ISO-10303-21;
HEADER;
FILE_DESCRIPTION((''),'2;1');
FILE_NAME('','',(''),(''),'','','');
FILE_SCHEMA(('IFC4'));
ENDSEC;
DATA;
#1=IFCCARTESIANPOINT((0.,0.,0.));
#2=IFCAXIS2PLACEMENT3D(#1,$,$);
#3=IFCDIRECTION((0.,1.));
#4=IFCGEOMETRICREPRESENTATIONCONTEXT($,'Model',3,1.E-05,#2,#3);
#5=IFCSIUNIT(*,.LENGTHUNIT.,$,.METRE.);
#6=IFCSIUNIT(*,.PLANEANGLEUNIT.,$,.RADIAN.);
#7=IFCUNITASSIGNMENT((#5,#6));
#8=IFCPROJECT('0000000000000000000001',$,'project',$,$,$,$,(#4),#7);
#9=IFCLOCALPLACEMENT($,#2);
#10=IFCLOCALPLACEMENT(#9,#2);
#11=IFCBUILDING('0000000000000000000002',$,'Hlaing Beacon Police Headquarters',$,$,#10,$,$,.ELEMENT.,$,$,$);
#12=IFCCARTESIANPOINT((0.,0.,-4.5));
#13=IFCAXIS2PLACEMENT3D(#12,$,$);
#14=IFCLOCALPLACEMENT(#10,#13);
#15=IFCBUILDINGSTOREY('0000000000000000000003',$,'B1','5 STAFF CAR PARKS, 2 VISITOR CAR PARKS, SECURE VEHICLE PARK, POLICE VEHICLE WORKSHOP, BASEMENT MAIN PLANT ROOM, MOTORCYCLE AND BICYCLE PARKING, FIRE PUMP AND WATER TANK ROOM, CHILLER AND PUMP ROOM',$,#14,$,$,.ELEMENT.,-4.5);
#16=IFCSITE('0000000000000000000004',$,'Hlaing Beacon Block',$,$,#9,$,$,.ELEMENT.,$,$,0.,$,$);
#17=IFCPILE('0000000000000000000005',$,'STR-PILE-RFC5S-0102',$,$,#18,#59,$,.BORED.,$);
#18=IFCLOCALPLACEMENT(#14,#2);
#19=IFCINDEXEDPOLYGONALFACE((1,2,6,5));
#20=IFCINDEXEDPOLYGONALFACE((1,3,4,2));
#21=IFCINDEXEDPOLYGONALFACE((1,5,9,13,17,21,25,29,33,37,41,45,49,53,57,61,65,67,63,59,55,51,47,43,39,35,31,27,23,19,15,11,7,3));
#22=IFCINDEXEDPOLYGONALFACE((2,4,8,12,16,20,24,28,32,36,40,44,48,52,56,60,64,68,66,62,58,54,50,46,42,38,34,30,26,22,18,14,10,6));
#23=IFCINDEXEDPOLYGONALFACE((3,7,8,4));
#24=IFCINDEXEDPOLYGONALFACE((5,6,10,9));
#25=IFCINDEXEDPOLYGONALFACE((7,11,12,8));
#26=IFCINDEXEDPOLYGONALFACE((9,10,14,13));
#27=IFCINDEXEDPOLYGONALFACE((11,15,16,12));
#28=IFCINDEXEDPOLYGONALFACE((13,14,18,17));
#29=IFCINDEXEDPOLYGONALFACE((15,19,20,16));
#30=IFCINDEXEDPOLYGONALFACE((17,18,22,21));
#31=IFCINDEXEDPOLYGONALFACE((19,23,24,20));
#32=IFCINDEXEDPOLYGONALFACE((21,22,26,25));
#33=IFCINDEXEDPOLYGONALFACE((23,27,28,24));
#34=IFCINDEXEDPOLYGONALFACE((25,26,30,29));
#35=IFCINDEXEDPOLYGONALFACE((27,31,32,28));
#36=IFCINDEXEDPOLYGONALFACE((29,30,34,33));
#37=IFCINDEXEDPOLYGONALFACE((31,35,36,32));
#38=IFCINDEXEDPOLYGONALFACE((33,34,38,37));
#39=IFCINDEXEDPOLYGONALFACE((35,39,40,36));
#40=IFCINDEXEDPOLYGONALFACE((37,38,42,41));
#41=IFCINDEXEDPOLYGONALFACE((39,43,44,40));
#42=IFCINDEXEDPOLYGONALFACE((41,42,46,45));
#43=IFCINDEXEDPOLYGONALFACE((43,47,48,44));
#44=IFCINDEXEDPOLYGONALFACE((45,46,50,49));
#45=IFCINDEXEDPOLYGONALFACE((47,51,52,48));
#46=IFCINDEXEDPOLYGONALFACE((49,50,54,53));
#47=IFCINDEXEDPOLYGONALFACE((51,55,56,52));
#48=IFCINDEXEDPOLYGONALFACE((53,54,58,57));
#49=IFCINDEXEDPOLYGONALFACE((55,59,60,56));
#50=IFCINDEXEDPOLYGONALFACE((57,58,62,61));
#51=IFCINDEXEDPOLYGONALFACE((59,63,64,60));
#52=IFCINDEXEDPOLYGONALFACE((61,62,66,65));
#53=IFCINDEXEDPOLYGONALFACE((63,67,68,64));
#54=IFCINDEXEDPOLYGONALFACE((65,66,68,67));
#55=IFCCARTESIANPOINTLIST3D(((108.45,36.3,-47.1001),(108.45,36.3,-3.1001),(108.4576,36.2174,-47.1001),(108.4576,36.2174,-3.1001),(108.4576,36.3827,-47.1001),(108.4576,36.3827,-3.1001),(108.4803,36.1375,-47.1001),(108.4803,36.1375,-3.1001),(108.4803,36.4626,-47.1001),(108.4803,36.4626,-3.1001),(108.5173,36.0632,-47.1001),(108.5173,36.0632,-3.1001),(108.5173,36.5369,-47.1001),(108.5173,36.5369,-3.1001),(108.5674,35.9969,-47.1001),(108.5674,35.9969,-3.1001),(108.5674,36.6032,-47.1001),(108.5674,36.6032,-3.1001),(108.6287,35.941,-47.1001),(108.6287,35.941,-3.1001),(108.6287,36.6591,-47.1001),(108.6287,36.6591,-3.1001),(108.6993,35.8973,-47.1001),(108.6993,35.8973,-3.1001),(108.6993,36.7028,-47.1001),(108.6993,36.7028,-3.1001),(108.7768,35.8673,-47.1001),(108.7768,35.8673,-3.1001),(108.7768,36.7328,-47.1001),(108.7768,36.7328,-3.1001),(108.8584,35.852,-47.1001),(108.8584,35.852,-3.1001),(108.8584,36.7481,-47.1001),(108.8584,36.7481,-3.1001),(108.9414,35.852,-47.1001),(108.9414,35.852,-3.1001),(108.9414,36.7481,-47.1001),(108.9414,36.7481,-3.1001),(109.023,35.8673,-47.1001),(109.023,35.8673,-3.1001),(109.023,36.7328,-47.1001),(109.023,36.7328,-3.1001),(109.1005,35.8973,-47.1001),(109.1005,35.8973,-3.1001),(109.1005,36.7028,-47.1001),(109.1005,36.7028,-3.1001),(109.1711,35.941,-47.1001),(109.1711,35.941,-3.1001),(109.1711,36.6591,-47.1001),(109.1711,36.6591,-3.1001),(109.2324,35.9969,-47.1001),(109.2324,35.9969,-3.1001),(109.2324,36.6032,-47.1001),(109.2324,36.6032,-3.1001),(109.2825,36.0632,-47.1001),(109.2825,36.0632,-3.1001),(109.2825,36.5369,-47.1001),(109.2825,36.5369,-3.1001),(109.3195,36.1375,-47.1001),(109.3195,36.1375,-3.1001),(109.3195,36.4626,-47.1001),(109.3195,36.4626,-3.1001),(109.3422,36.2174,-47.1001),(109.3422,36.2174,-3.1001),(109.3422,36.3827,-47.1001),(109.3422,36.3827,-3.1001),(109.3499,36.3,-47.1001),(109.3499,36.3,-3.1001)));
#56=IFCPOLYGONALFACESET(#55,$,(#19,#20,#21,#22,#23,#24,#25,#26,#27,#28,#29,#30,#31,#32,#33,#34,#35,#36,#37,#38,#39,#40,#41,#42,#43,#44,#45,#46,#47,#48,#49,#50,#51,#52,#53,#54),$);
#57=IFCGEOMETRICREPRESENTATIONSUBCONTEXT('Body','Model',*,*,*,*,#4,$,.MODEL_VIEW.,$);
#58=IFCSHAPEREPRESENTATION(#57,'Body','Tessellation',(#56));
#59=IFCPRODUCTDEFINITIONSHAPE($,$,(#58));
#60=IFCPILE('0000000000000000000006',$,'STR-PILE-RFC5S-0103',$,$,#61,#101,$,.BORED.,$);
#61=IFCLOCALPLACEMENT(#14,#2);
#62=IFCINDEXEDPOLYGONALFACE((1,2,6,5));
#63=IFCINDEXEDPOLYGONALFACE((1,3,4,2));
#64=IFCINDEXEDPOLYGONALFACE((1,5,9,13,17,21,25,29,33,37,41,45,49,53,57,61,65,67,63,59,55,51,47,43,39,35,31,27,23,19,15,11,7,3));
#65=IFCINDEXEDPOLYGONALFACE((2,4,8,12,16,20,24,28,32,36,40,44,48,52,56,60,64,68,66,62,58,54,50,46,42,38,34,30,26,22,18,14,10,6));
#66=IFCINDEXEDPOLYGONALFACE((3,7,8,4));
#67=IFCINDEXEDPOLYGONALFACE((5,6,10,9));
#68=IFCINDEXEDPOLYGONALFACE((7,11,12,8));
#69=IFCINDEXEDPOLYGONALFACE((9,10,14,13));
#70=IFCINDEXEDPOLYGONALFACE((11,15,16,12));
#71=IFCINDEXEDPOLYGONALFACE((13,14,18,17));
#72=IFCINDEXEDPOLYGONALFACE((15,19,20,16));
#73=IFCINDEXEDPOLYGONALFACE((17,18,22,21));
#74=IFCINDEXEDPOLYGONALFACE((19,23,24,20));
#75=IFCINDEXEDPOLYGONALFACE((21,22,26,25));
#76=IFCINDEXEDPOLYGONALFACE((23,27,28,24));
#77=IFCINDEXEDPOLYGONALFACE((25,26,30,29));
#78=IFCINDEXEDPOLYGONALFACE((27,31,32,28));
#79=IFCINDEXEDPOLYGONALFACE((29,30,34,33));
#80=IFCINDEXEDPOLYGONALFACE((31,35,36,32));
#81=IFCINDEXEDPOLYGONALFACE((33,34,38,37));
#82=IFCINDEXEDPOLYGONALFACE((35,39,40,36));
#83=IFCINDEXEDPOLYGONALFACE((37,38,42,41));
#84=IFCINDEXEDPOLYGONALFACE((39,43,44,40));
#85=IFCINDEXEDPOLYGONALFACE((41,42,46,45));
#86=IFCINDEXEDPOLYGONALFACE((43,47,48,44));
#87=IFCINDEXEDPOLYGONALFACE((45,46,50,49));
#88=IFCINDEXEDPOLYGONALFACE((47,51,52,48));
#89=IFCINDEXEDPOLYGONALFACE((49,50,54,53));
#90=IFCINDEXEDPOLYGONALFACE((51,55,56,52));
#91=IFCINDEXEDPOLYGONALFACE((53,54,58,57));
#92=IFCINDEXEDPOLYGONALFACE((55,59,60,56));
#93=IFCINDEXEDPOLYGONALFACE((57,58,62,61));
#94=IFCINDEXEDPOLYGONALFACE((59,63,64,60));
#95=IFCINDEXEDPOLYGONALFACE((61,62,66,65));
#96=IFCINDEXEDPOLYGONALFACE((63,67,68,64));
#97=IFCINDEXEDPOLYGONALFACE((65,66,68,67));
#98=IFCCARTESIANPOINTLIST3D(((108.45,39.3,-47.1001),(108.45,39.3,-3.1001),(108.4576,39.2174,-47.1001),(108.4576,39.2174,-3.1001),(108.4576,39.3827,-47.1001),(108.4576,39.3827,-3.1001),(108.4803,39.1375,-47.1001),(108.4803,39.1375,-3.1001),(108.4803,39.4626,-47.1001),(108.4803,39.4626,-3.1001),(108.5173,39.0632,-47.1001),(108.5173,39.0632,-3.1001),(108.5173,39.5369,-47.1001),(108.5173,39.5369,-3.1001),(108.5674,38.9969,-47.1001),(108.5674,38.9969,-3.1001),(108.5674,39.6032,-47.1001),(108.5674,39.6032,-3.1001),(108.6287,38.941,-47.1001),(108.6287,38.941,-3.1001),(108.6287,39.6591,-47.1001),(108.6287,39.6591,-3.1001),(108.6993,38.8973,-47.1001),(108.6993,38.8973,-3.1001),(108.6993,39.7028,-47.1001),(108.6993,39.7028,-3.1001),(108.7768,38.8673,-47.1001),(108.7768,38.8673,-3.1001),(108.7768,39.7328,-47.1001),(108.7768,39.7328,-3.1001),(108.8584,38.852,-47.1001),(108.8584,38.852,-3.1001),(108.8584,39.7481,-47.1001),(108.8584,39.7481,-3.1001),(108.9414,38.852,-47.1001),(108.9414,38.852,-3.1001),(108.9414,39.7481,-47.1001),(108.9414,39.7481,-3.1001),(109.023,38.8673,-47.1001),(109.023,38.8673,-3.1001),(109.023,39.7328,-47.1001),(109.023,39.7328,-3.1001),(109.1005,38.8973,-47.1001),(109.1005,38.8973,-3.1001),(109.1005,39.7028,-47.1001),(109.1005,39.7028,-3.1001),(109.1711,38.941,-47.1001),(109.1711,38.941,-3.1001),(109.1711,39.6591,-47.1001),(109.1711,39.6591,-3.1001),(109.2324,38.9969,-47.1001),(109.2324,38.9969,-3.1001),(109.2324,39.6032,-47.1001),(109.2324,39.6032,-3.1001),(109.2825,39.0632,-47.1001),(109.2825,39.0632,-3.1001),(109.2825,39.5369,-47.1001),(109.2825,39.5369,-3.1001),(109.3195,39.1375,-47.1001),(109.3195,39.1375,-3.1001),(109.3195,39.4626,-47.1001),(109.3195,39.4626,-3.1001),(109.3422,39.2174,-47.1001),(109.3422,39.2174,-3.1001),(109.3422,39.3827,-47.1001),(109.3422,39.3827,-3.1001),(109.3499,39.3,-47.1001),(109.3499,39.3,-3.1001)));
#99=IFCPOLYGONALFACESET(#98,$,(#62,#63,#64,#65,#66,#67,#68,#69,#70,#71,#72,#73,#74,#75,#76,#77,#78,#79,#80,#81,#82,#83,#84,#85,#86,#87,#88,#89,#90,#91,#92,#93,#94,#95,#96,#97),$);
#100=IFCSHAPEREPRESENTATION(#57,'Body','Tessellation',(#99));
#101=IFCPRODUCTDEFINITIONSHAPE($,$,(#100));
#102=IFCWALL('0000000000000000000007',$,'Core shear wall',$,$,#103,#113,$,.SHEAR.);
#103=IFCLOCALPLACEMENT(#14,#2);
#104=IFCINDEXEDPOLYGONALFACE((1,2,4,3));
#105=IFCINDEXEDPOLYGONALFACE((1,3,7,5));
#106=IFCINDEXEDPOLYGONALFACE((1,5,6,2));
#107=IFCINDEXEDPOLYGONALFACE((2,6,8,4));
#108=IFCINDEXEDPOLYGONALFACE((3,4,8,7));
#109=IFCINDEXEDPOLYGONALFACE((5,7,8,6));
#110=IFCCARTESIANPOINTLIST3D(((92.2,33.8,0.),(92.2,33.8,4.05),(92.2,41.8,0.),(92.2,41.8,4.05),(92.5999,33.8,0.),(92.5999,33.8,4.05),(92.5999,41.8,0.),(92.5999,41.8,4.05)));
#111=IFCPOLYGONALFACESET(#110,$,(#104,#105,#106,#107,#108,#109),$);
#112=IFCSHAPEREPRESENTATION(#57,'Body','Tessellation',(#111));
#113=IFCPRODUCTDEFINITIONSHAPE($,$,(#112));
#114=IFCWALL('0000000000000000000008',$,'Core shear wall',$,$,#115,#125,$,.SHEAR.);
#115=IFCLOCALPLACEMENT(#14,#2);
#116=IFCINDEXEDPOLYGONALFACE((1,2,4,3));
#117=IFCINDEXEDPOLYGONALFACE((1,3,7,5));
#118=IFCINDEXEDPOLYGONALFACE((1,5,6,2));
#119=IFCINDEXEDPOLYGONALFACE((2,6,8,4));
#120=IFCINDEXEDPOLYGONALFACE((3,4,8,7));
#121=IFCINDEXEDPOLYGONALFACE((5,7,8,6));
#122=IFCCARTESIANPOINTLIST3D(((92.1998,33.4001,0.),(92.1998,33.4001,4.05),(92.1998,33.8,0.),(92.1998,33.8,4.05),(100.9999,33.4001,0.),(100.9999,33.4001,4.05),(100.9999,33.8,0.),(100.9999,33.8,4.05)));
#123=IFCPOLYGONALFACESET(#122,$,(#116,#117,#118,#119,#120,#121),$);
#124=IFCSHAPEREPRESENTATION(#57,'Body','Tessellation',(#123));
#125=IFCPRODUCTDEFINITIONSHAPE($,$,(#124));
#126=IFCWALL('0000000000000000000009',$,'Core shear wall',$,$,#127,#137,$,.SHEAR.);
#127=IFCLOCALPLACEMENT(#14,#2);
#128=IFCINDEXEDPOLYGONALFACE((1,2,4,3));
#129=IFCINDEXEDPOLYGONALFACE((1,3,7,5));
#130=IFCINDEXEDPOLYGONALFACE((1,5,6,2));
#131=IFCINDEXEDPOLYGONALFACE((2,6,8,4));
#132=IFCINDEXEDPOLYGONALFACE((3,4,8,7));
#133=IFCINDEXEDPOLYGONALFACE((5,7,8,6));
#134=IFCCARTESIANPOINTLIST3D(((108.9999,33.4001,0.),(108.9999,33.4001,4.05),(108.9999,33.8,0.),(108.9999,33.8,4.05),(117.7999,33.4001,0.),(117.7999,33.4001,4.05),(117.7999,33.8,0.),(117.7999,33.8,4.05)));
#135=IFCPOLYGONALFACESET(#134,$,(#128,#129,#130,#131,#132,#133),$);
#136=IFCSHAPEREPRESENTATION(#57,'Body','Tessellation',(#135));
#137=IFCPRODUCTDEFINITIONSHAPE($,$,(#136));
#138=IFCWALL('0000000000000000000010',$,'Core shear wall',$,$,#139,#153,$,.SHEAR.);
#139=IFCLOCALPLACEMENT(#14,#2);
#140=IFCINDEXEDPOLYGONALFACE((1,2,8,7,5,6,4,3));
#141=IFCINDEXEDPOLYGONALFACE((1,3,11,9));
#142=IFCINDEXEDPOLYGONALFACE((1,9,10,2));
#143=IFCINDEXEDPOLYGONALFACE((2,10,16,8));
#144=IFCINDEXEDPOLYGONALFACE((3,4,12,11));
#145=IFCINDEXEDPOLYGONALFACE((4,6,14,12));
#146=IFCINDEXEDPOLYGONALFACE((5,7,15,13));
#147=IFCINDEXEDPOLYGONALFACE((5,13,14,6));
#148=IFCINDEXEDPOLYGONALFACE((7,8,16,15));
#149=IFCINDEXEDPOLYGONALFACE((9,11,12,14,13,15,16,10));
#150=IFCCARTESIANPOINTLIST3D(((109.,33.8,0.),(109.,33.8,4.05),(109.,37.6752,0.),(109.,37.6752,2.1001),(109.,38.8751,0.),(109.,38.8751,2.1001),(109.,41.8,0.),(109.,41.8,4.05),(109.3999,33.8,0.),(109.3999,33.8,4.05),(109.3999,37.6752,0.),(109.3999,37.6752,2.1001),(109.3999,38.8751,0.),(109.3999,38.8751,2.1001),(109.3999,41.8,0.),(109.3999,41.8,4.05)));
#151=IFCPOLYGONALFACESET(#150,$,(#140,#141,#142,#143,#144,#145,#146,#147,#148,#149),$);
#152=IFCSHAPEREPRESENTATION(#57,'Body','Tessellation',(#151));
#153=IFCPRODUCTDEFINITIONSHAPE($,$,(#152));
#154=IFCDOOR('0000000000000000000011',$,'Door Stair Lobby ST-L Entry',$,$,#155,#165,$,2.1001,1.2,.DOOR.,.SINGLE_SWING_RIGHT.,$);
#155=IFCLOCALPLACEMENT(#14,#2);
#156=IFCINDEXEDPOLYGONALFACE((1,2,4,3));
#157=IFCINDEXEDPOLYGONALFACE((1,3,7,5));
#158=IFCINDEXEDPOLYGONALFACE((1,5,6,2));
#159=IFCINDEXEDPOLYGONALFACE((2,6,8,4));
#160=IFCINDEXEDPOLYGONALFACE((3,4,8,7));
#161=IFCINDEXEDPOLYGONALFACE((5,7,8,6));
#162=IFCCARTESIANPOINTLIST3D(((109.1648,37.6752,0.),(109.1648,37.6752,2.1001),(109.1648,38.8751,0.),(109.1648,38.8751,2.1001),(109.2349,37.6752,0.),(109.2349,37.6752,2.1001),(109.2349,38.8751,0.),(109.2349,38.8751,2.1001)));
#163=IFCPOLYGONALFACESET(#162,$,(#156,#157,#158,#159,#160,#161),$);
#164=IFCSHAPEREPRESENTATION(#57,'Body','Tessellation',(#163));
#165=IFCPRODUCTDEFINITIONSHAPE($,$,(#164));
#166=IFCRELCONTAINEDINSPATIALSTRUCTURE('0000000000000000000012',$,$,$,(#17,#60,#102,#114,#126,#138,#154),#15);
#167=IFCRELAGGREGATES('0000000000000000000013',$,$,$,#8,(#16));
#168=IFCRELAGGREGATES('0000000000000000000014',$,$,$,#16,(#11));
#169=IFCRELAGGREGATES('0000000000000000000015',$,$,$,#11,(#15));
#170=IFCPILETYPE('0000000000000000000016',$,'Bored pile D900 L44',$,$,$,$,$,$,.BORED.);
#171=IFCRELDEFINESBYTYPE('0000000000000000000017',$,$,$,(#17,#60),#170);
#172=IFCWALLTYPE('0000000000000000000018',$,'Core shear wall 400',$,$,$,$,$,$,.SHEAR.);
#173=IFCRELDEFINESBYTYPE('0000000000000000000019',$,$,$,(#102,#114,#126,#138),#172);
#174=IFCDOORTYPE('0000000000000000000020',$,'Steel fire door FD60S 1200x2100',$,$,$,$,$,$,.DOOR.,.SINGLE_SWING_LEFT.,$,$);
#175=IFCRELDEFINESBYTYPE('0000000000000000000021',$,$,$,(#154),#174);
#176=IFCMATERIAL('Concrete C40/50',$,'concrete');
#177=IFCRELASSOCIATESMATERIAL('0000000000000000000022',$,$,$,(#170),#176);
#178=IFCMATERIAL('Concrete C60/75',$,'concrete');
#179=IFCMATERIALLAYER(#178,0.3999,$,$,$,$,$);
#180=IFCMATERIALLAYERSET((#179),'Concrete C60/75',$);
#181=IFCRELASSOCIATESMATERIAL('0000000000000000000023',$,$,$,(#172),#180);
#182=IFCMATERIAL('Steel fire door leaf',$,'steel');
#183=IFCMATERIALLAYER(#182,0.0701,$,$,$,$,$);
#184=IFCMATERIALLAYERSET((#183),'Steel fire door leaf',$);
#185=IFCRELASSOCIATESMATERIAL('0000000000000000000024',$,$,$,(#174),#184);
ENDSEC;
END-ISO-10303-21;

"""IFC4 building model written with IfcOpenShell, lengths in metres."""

from ifc_helpers import new_model, si_unit, direction, frame, frame_2d, origin, origin_2d, place, context, subcontext, project, spatial, rectangle, circle, extrude, material, layer, layer_set, material_profile, profile_set, type_object, element, fill, save


model = new_model("IFC4")

# Units and contexts
model_context = context("Model", 3, precision=1e-05, world=origin(), true_north=direction((0.0, 1.0)))
body_context = subcontext(model_context, "Body", "Model", "MODEL_VIEW")
ifc_project = project(units=[si_unit("LENGTHUNIT", "METRE"), si_unit("PLANEANGLEUNIT", "RADIAN")], contexts=[model_context])

# Site, building, storey
site_placement = place(None, origin())
site = spatial("IfcSite", under=ifc_project, at=site_placement, Name="Hlaing Beacon Block", CompositionType="ELEMENT", RefElevation=0.0)
building_placement = place(site_placement, origin())
building = spatial("IfcBuilding", under=site, at=building_placement, Name="Hlaing Beacon Police Headquarters", CompositionType="ELEMENT")
storey_placement = place(building_placement, frame((0.0, 0.0, -4.5)))
storey = spatial("IfcBuildingStorey", under=building, at=storey_placement, Name="B1", Description="5 STAFF CAR PARKS, 2 VISITOR CAR PARKS, SECURE VEHICLE PARK, POLICE VEHICLE WORKSHOP, BASEMENT MAIN PLANT ROOM, MOTORCYCLE AND BICYCLE PARKING, FIRE PUMP AND WATER TANK ROOM, CHILLER AND PUMP ROOM", CompositionType="ELEMENT", Elevation=-4.5)

# Piles
ifc_material_1 = material(Name="Concrete C40/50", Category="concrete")
ifc_material_profile_1 = material_profile(ifc_material_1, circle(Radius=0.45, at=origin_2d()), Name="D900")
ifc_profile_set_1 = profile_set([ifc_material_profile_1], Name="Concrete C40/50")
pile_type_1 = type_object("IfcPileType", Name="Bored pile D900 L44", PredefinedType="BORED", material=ifc_profile_set_1)
for number, where, z_axis, x_axis, name in (
    (1, (108.8999, 36.3, -3.1001), (0.0, 0.0, -1.0), (1.0, 0.0, 0.0), "STR-PILE-RFC5S-0102"),
    (2, (108.8999, 39.3, -3.1001), (0.0, 0.0, -1.0), (1.0, 0.0, 0.0), "STR-PILE-RFC5S-0103"),
):
    element("IfcPile", number, at=place(storey_placement, frame(where, z_axis=z_axis, x_axis=x_axis)), inside=storey, type_object=pile_type_1, Name=name, PredefinedType="BORED", context=body_context, shape_type="SweptSolid", body=[
        extrude(circle(Radius=0.45, at=origin_2d()), origin(), (0.0, 0.0, 1.0), 44.0),
    ])

# Walls
ifc_material_2 = material(Name="Concrete C60/75", Category="concrete")
ifc_layer_1 = layer(ifc_material_2, 0.3999)
ifc_layer_set_1 = layer_set([ifc_layer_1], Name="Concrete C60/75")
wall_type_1 = type_object("IfcWallType", Name="Core shear wall 400", PredefinedType="SHEAR", material=ifc_layer_set_1)
wall_1_placement = place(storey_placement, frame((92.3999, 33.8, 0.0), z_axis=(0.0, 0.0, 1.0), x_axis=(0.0, 1.0, 0.0)))
element("IfcWall", 3, at=wall_1_placement, inside=storey, type_object=wall_type_1, Name="Core shear wall", PredefinedType="SHEAR", context=body_context, shape_type="SweptSolid", body=[
    extrude(rectangle(XDim=8.0, YDim=0.3999, at=frame_2d((4.0, 0.0))), origin(), (0.0, 0.0, 1.0), 4.05),
])
for number, where, z_axis, x_axis, name in (
    (4, (92.2, 33.6001, 0.0), (0.0, 0.0, 1.0), (1.0, 0.0, 0.0), "Core shear wall"),
    (5, (109.0, 33.6001, 0.0), (0.0, 0.0, 1.0), (1.0, 0.0, 0.0), "Core shear wall"),
):
    element("IfcWall", number, at=place(storey_placement, frame(where, z_axis=z_axis, x_axis=x_axis)), inside=storey, type_object=wall_type_1, Name=name, PredefinedType="SHEAR", context=body_context, shape_type="SweptSolid", body=[
        extrude(rectangle(XDim=8.8, YDim=0.3999, at=frame_2d((4.3999, 0.0))), origin(), (0.0, 0.0, 1.0), 4.05),
    ])

# Wall, opening, door
wall_2_placement = place(storey_placement, frame((109.2, 33.8, 0.0), z_axis=(0.0, 0.0, 1.0), x_axis=(0.0, 1.0, 0.0)))
wall_2 = element("IfcWall", 6, at=wall_2_placement, inside=storey, type_object=wall_type_1, Name="Core shear wall", PredefinedType="SHEAR", context=body_context, shape_type="SweptSolid", body=[
    extrude(rectangle(XDim=8.0, YDim=0.3999, at=frame_2d((4.0, 0.0))), origin(), (0.0, 0.0, 1.0), 4.05),
])
opening_1_placement = place(wall_2_placement, frame((3.875, 0.0, 0.0)))
opening_1 = element("IfcOpeningElement", 7, at=opening_1_placement, cuts=wall_2, PredefinedType="OPENING", context=body_context, shape_type="SweptSolid", body=[
    extrude(rectangle(XDim=1.2, YDim=2.1001, at=frame_2d((0.6001, 1.05))), frame((0.0, 0.21, 0.0), z_axis=(0.0, -1.0, 0.0), x_axis=(1.0, 0.0, 0.0)), (0.0, 0.0, 1.0), 0.4199),
])
ifc_material_3 = material(Name="Steel fire door leaf", Category="steel")
ifc_layer_2 = layer(ifc_material_3, 0.0701)
ifc_layer_set_2 = layer_set([ifc_layer_2], Name="Steel fire door leaf")
door_type_1 = type_object("IfcDoorType", Name="Steel fire door FD60S 1200x2100", OperationType="SINGLE_SWING_LEFT", PredefinedType="DOOR", material=ifc_layer_set_2)
door_1_placement = place(opening_1_placement, frame((1.2, 0.0, 0.0), z_axis=(0.0, 0.0, 1.0), x_axis=(-1.0, 0.0, 0.0)))
door_1 = element("IfcDoor", 8, at=door_1_placement, inside=storey, type_object=door_type_1, Name="Door Stair Lobby ST-L Entry", OperationType="SINGLE_SWING_RIGHT", OverallHeight=2.1001, OverallWidth=1.2, PredefinedType="DOOR", context=body_context, shape_type="SweptSolid", body=[
    extrude(rectangle(XDim=1.2, YDim=2.1001, at=frame_2d((0.5999, 1.05))), frame((0.0, 0.0349, 0.0), z_axis=(0.0, -1.0, 0.0), x_axis=(1.0, 0.0, 0.0)), (0.0, 0.0, 1.0), 0.0701),
])
fill(opening_1, door_1)

save(model, "model.ifc")
